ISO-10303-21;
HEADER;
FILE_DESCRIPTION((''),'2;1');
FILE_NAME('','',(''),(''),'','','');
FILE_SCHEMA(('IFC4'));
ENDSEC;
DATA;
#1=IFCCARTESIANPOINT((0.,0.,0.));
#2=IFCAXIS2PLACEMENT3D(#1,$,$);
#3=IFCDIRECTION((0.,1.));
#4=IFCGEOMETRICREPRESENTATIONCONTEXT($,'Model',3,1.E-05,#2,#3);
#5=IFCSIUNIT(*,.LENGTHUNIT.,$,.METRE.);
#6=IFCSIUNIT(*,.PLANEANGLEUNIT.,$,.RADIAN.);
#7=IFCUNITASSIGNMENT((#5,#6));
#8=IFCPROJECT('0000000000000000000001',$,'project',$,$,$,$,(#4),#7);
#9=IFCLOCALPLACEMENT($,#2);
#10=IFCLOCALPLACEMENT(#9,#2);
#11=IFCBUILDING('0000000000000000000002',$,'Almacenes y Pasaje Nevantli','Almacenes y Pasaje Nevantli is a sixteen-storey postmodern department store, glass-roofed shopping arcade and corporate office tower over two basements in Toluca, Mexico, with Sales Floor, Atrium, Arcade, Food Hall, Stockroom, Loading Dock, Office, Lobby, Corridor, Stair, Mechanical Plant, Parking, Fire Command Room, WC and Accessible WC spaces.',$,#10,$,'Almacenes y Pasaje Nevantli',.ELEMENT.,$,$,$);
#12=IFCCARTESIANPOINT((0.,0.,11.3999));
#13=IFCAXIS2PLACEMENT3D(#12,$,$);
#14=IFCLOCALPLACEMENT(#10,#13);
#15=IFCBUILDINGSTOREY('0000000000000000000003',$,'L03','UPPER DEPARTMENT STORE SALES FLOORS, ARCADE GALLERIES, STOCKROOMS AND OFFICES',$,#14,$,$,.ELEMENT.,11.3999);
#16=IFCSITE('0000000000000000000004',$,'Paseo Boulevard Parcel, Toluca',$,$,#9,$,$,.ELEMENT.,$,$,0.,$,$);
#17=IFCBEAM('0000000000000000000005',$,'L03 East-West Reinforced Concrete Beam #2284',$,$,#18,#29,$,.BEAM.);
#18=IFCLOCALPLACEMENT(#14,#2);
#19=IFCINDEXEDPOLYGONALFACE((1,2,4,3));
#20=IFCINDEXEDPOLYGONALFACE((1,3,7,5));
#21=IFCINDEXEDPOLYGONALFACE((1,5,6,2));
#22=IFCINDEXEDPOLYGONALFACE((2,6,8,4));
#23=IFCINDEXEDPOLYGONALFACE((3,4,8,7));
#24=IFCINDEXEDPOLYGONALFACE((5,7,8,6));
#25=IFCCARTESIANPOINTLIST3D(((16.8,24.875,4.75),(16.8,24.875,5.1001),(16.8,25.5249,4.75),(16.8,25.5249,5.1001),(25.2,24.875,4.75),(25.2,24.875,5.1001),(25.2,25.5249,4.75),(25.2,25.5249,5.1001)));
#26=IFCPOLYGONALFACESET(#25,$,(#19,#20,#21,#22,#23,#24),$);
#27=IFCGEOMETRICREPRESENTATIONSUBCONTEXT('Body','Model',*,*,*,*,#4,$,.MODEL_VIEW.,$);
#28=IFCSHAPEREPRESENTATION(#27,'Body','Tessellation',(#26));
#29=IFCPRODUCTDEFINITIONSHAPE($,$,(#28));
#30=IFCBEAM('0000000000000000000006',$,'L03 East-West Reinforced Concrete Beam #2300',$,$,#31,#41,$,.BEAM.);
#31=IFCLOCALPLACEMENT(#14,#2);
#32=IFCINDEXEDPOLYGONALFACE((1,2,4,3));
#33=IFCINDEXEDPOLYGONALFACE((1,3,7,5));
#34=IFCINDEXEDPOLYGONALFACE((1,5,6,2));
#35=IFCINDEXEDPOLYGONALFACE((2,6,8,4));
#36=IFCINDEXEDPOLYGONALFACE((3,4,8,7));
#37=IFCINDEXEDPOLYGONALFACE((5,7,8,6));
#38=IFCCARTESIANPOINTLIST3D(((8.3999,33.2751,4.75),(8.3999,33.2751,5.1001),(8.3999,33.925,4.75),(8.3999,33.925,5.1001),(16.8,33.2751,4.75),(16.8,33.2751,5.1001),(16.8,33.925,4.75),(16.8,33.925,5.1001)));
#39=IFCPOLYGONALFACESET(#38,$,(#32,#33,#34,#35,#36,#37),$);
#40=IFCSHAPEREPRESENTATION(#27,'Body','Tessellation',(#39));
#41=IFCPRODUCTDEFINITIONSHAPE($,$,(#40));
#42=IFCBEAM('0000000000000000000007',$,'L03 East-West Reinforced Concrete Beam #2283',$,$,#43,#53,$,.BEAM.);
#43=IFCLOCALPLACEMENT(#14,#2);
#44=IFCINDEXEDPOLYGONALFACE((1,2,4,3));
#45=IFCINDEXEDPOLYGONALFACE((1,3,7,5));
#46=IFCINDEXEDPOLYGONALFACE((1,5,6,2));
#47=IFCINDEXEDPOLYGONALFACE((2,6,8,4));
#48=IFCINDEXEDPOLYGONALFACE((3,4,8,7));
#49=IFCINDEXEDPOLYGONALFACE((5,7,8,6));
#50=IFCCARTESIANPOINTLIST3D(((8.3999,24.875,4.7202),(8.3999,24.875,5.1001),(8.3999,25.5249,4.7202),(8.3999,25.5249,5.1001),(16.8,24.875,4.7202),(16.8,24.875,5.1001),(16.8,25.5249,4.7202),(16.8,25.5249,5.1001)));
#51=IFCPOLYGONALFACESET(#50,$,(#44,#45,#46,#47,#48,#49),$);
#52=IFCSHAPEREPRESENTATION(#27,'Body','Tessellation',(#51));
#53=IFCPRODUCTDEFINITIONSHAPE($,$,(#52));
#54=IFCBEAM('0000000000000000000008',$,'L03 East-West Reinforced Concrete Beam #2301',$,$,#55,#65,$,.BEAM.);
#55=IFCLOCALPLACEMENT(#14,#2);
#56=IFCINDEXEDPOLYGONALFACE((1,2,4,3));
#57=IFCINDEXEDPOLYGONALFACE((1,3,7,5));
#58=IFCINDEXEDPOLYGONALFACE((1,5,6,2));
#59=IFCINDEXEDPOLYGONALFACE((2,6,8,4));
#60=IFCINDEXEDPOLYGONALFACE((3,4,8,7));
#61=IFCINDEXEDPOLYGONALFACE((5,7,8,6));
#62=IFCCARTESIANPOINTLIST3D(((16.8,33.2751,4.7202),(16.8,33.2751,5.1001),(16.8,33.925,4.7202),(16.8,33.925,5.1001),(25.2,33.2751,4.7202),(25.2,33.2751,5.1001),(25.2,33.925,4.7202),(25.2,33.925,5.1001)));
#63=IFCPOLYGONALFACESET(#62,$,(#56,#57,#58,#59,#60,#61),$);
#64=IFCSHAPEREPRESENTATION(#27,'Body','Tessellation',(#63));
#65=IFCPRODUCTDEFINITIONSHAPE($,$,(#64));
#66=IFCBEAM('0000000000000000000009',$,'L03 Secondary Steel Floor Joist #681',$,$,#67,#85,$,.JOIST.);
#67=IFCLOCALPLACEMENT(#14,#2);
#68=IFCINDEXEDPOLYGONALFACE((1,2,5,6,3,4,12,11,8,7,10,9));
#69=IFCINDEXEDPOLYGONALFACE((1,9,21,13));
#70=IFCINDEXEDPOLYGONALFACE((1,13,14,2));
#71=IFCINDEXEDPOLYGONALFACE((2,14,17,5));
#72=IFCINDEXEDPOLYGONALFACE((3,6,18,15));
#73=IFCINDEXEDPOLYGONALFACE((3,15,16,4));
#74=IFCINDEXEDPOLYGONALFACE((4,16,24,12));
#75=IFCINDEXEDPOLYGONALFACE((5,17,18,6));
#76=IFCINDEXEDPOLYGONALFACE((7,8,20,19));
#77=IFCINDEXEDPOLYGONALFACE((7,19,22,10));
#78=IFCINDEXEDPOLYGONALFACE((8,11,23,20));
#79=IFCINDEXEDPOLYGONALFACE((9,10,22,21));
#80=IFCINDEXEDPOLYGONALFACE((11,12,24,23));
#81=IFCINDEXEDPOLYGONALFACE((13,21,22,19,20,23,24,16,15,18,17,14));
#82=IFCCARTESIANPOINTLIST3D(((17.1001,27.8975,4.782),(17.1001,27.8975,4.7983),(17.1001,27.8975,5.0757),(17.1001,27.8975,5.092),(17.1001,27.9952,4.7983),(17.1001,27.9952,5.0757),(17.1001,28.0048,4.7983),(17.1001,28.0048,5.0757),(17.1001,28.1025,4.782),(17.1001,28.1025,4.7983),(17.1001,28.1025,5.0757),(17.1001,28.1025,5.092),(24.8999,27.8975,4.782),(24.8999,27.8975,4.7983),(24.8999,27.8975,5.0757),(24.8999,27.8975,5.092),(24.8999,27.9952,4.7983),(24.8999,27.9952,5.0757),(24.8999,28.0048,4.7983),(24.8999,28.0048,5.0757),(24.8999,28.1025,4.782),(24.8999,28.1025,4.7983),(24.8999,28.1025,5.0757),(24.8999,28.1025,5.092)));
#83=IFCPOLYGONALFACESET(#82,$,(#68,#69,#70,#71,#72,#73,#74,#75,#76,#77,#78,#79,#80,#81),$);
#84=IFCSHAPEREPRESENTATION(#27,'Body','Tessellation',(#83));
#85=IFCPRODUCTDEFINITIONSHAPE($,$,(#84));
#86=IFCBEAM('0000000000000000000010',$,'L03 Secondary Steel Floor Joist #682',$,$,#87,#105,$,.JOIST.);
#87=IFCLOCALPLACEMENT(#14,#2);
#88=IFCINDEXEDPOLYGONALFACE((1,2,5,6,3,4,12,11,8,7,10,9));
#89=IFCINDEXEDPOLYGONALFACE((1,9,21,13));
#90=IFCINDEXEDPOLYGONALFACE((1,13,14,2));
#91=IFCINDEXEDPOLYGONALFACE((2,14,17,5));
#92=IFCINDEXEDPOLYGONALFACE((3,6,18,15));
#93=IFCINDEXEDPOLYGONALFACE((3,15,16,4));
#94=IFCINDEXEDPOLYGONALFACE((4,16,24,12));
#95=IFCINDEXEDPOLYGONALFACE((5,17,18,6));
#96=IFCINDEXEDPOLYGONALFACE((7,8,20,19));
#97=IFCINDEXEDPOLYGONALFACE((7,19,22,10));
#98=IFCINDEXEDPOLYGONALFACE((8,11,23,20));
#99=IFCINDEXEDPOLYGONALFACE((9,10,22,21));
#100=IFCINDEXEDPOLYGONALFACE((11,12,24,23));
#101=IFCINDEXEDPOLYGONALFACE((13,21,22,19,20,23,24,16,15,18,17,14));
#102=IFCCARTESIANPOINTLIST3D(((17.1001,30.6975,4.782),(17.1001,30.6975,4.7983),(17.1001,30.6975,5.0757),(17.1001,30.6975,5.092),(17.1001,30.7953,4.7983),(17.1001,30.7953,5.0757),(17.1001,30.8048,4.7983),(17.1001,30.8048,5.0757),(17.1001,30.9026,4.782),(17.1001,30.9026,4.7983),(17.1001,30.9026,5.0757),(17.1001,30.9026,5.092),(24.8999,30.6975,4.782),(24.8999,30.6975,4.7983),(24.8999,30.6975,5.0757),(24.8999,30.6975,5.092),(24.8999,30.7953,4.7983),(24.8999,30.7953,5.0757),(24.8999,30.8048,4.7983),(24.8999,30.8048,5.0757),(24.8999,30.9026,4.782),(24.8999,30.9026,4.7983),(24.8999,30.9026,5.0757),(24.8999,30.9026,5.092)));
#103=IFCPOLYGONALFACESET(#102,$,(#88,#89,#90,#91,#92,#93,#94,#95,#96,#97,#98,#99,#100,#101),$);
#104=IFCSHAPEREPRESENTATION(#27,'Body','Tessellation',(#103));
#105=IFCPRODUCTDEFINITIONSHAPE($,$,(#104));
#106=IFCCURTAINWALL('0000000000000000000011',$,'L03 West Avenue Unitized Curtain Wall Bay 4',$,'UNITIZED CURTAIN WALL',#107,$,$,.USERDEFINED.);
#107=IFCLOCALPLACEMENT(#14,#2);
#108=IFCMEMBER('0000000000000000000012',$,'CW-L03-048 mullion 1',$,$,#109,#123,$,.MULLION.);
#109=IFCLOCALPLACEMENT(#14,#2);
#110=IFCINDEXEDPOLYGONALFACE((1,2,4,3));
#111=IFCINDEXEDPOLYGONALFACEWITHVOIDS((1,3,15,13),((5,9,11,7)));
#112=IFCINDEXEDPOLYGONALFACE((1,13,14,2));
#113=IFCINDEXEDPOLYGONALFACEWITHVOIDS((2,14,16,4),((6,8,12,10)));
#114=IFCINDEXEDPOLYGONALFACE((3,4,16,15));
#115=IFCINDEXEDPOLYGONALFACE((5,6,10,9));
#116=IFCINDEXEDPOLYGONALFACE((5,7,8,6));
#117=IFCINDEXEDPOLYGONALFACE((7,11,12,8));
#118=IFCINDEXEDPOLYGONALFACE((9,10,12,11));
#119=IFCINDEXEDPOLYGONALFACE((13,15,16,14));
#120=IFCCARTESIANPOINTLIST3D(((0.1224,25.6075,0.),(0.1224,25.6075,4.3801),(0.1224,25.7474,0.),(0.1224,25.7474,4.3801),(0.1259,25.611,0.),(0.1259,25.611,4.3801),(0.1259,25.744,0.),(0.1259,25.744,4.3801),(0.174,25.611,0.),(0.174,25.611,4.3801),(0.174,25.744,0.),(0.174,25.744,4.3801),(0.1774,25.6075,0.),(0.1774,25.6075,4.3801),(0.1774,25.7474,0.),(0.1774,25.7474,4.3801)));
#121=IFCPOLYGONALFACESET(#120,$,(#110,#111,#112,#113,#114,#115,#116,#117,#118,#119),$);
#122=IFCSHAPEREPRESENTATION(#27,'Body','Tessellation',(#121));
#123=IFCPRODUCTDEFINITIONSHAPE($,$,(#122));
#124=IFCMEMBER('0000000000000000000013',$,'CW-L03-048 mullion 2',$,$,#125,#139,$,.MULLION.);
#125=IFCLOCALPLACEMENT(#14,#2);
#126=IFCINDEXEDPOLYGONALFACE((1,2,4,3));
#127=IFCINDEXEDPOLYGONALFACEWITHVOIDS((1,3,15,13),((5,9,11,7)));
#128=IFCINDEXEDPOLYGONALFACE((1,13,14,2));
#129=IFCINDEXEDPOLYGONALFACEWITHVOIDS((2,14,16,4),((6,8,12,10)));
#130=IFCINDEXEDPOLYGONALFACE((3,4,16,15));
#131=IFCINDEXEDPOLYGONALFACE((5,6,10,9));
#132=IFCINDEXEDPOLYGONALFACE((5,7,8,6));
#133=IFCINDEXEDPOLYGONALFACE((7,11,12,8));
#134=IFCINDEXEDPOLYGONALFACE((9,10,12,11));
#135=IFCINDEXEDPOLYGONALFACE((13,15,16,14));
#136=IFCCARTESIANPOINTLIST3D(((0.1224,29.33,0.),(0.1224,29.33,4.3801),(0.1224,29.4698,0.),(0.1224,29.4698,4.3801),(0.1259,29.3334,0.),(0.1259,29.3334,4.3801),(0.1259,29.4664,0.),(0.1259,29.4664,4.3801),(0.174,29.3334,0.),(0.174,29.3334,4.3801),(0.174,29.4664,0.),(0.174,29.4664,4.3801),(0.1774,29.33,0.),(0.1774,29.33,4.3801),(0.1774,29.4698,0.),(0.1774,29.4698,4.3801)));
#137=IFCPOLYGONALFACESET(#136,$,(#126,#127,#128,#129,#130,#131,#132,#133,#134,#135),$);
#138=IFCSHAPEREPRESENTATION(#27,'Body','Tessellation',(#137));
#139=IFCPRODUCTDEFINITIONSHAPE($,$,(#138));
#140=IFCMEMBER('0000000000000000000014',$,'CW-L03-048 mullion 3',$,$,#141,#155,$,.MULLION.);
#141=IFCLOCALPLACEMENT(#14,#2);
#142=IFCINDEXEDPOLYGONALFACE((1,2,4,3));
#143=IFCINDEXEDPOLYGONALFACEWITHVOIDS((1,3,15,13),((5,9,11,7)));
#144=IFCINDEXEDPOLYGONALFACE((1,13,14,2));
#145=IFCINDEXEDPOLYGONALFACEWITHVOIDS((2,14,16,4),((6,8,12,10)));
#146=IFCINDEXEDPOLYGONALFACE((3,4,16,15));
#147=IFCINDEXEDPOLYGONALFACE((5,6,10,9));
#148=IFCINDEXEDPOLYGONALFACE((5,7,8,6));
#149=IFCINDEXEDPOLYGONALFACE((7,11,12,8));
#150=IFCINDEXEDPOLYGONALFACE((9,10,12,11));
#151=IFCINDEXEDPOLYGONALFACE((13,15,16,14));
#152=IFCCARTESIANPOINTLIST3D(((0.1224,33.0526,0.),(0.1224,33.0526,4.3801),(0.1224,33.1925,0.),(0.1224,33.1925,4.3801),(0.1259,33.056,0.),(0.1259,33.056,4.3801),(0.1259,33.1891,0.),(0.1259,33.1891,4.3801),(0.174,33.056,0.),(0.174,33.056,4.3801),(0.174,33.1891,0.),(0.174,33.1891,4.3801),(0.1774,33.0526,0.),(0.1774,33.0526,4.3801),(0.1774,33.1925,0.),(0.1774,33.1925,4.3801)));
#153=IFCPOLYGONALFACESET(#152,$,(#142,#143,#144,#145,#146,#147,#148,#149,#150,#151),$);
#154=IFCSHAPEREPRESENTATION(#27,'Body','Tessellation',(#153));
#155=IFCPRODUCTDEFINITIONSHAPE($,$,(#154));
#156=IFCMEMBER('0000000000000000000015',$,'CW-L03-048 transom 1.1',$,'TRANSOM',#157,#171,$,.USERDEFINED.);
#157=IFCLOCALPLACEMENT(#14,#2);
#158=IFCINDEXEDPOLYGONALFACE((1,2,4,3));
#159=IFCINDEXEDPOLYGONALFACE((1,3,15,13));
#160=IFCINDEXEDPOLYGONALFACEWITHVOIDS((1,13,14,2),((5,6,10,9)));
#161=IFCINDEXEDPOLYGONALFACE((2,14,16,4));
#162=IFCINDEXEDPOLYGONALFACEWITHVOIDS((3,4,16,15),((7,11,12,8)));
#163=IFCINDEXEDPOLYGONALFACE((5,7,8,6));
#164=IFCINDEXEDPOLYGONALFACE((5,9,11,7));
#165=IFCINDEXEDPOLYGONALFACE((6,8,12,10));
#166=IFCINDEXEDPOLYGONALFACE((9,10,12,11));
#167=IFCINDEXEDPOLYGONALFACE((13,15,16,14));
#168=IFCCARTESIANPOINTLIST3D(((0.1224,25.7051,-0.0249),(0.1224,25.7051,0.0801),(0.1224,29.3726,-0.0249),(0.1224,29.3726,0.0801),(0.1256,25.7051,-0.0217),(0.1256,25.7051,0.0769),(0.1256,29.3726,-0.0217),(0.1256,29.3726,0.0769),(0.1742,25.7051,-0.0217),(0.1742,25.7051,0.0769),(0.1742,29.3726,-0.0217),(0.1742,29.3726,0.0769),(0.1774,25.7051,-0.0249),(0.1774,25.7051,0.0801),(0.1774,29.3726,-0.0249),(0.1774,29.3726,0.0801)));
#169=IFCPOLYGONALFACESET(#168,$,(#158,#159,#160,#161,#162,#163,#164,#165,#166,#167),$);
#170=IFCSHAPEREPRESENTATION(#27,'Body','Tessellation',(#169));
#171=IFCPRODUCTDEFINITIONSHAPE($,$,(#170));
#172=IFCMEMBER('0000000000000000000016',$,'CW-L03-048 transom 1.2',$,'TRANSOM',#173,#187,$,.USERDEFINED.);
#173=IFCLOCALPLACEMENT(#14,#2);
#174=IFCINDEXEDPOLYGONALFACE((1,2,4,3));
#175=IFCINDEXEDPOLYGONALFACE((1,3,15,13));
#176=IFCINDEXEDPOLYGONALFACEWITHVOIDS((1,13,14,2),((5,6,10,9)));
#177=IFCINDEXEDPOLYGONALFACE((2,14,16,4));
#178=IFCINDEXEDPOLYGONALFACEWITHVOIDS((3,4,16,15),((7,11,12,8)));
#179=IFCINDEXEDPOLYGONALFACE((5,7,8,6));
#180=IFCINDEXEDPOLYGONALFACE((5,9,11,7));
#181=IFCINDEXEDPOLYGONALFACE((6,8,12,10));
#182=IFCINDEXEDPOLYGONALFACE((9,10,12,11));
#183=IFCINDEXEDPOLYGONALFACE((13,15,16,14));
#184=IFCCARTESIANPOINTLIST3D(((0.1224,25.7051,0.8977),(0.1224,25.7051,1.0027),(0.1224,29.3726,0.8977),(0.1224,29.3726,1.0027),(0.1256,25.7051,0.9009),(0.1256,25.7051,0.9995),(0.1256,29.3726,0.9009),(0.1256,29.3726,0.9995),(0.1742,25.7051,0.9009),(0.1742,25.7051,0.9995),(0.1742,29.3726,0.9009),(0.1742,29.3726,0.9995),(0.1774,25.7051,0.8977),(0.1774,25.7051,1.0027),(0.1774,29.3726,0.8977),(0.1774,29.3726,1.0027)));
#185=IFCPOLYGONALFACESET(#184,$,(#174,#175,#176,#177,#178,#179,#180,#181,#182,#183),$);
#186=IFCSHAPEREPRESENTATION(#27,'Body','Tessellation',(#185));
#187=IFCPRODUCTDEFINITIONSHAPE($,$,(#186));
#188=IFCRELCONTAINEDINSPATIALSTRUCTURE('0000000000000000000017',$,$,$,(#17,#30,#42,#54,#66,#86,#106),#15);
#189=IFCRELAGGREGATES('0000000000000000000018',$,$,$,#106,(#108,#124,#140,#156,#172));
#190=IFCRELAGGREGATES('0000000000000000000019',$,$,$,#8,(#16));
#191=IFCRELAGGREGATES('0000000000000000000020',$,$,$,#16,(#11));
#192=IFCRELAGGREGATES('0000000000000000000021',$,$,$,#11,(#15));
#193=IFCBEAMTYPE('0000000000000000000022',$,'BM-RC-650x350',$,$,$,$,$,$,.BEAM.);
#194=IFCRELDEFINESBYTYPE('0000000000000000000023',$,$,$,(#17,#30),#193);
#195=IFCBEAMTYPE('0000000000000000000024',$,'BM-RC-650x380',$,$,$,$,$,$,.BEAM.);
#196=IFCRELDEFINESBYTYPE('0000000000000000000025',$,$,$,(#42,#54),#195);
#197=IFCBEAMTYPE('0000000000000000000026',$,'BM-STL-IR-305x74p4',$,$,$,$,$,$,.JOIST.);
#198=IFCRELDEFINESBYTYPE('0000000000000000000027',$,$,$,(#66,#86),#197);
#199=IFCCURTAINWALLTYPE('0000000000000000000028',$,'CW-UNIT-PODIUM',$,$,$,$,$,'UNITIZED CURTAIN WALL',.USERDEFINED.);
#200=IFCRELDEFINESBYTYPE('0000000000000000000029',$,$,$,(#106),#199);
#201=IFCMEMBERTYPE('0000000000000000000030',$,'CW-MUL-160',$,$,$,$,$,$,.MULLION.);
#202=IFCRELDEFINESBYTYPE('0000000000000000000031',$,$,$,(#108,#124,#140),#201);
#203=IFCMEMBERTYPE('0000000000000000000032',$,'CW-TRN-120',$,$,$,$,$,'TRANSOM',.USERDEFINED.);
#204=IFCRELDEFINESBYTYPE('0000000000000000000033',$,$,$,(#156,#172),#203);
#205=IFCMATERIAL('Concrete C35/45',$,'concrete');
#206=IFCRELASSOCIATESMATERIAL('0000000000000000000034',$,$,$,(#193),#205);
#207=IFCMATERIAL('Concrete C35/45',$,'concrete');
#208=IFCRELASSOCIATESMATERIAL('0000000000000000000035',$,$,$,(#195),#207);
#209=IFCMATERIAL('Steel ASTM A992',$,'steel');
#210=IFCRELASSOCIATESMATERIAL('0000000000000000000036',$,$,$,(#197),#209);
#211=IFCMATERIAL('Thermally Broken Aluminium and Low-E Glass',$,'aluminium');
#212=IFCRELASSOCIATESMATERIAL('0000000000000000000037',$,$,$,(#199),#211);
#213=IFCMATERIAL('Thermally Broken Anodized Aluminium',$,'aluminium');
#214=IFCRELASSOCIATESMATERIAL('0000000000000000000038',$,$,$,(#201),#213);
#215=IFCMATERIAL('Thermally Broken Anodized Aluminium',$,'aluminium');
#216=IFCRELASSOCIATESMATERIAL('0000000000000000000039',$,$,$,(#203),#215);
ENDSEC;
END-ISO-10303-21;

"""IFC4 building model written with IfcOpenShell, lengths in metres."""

from ifc_helpers import new_model, si_unit, direction, frame, origin, origin_2d, place, context, subcontext, project, spatial, rectangle, hollow_rectangle, i_section, extrude, material, material_profile, profile_set, type_object, element, aggregate, save


model = new_model("IFC4")

# Units and contexts
model_context = context("Model", 3, precision=1e-05, world=origin(), true_north=direction((0.0, 1.0)))
body_context = subcontext(model_context, "Body", "Model", "MODEL_VIEW")
ifc_project = project(units=[si_unit("LENGTHUNIT", "METRE"), si_unit("PLANEANGLEUNIT", "RADIAN")], contexts=[model_context])

# Site, building, storey
site_placement = place(None, origin())
site = spatial("IfcSite", under=ifc_project, at=site_placement, Name="Paseo Boulevard Parcel, Toluca", CompositionType="ELEMENT", RefElevation=0.0)
building_placement = place(site_placement, origin())
building = spatial("IfcBuilding", under=site, at=building_placement, Name="Almacenes y Pasaje Nevantli", Description="Almacenes y Pasaje Nevantli is a sixteen-storey postmodern department store, glass-roofed shopping arcade and corporate office tower over two basements in Toluca, Mexico, with Sales Floor, Atrium, Arcade, Food Hall, Stockroom, Loading Dock, Office, Lobby, Corridor, Stair, Mechanical Plant, Parking, Fire Command Room, WC and Accessible WC spaces.", LongName="Almacenes y Pasaje Nevantli", CompositionType="ELEMENT")
storey_placement = place(building_placement, frame((0.0, 0.0, 11.3999)))
storey = spatial("IfcBuildingStorey", under=building, at=storey_placement, Name="L03", Description="UPPER DEPARTMENT STORE SALES FLOORS, ARCADE GALLERIES, STOCKROOMS AND OFFICES", CompositionType="ELEMENT", Elevation=11.3999)

# Beams
ifc_material_1 = material(Name="Concrete C35/45", Category="concrete")
ifc_material_profile_1 = material_profile(ifc_material_1, rectangle(XDim=0.6499, YDim=0.3501, at=origin_2d()), Name="RC-BM-650x350")
ifc_profile_set_1 = profile_set([ifc_material_profile_1], Name="Concrete C35/45")
beam_type_1 = type_object("IfcBeamType", Name="BM-RC-650x350", PredefinedType="BEAM", material=ifc_profile_set_1)
beam_1_placement = place(storey_placement, frame((16.8, 25.2, 4.925), z_axis=(1.0, 0.0, 0.0), x_axis=(0.0, 1.0, 0.0)))
element("IfcBeam", 1, at=beam_1_placement, inside=storey, type_object=beam_type_1, Name="L03 East-West Reinforced Concrete Beam #2284", PredefinedType="BEAM", context=body_context, shape_type="SweptSolid", body=[
    extrude(rectangle(XDim=0.6499, YDim=0.3501, at=origin_2d()), origin(), (0.0, 0.0, 1.0), 8.3999),
])
beam_2_placement = place(storey_placement, frame((8.3999, 33.6001, 4.925), z_axis=(1.0, 0.0, 0.0), x_axis=(0.0, 1.0, 0.0)))
element("IfcBeam", 2, at=beam_2_placement, inside=storey, type_object=beam_type_1, Name="L03 East-West Reinforced Concrete Beam #2300", PredefinedType="BEAM", context=body_context, shape_type="SweptSolid", body=[
    extrude(rectangle(XDim=0.6499, YDim=0.3501, at=origin_2d()), origin(), (0.0, 0.0, 1.0), 8.4001),
])
ifc_material_2 = material(Name="Concrete C35/45", Category="concrete")
ifc_material_profile_2 = material_profile(ifc_material_2, rectangle(XDim=0.6499, YDim=0.3799, at=origin_2d()), Name="RC-BM-650x380")
ifc_profile_set_2 = profile_set([ifc_material_profile_2], Name="Concrete C35/45")
beam_type_2 = type_object("IfcBeamType", Name="BM-RC-650x380", PredefinedType="BEAM", material=ifc_profile_set_2)
beam_3_placement = place(storey_placement, frame((8.3999, 25.2, 4.9102), z_axis=(1.0, 0.0, 0.0), x_axis=(0.0, 1.0, 0.0)))
element("IfcBeam", 3, at=beam_3_placement, inside=storey, type_object=beam_type_2, Name="L03 East-West Reinforced Concrete Beam #2283", PredefinedType="BEAM", context=body_context, shape_type="SweptSolid", body=[
    extrude(rectangle(XDim=0.6499, YDim=0.3799, at=origin_2d()), origin(), (0.0, 0.0, 1.0), 8.4001),
])
beam_4_placement = place(storey_placement, frame((16.8, 33.6001, 4.9102), z_axis=(1.0, 0.0, 0.0), x_axis=(0.0, 1.0, 0.0)))
element("IfcBeam", 4, at=beam_4_placement, inside=storey, type_object=beam_type_2, Name="L03 East-West Reinforced Concrete Beam #2301", PredefinedType="BEAM", context=body_context, shape_type="SweptSolid", body=[
    extrude(rectangle(XDim=0.6499, YDim=0.3799, at=origin_2d()), origin(), (0.0, 0.0, 1.0), 8.3999),
])
ifc_material_3 = material(Name="Steel ASTM A992", Category="steel")
ifc_material_profile_3 = material_profile(ifc_material_3, i_section(OverallWidth=0.2051, OverallDepth=0.3101, WebThickness=0.0095, FlangeThickness=0.0164, at=origin_2d()), Name="IR 305x74.4")
ifc_profile_set_3 = profile_set([ifc_material_profile_3], Name="Steel ASTM A992")
beam_type_3 = type_object("IfcBeamType", Name="BM-STL-IR-305x74p4", PredefinedType="JOIST", material=ifc_profile_set_3)
for number, where, z_axis, x_axis, name in (
    (5, (17.1001, 28.0, 4.937), (1.0, 0.0, 0.0), (0.0, 1.0, 0.0), "L03 Secondary Steel Floor Joist #681"),
    (6, (17.1001, 30.8, 4.937), (1.0, 0.0, 0.0), (0.0, 1.0, 0.0), "L03 Secondary Steel Floor Joist #682"),
):
    element("IfcBeam", number, at=place(storey_placement, frame(where, z_axis=z_axis, x_axis=x_axis)), inside=storey, type_object=beam_type_3, Name=name, PredefinedType="JOIST", context=body_context, shape_type="SweptSolid", body=[
        extrude(i_section(OverallWidth=0.2051, OverallDepth=0.3101, WebThickness=0.0095, FlangeThickness=0.0164, at=origin_2d()), origin(), (0.0, 0.0, 1.0), 7.7998),
    ])

# Curtain wall, members
ifc_material_4 = material(Name="Thermally Broken Aluminium and Low-E Glass", Category="aluminium")
curtain_wall_type = type_object("IfcCurtainWallType", Name="CW-UNIT-PODIUM", ElementType="UNITIZED CURTAIN WALL", PredefinedType="USERDEFINED", material=ifc_material_4)
curtain_wall_placement = place(storey_placement, origin())
curtain_wall = element("IfcCurtainWall", 7, at=curtain_wall_placement, inside=storey, type_object=curtain_wall_type, Name="L03 West Avenue Unitized Curtain Wall Bay 4", ObjectType="UNITIZED CURTAIN WALL", PredefinedType="USERDEFINED")
ifc_material_5 = material(Name="Thermally Broken Anodized Aluminium", Category="aluminium")
ifc_material_profile_4 = material_profile(ifc_material_5, hollow_rectangle(XDim=0.0549, YDim=0.1399, WallThickness=0.0034, at=origin_2d()), Name="ALU-MUL-55x140")
ifc_profile_set_4 = profile_set([ifc_material_profile_4], Name="Thermally Broken Anodized Aluminium")
member_type_1 = type_object("IfcMemberType", Name="CW-MUL-160", PredefinedType="MULLION", material=ifc_profile_set_4)
member_1_placement = place(storey_placement, frame((0.1499, 25.6775, 0.0), z_axis=(0.0, 0.0, 1.0), x_axis=(-1.0, 0.0, 0.0)))
member_1 = element("IfcMember", 8, at=member_1_placement, type_object=member_type_1, Name="CW-L03-048 mullion 1", PredefinedType="MULLION", context=body_context, shape_type="SweptSolid", body=[
    extrude(hollow_rectangle(XDim=0.0549, YDim=0.1399, WallThickness=0.0034, at=origin_2d()), origin(), (0.0, 0.0, 1.0), 4.3801),
])
member_2_placement = place(storey_placement, frame((0.1499, 29.3999, 0.0), z_axis=(0.0, 0.0, 1.0), x_axis=(-1.0, 0.0, 0.0)))
member_2 = element("IfcMember", 9, at=member_2_placement, type_object=member_type_1, Name="CW-L03-048 mullion 2", PredefinedType="MULLION", context=body_context, shape_type="SweptSolid", body=[
    extrude(hollow_rectangle(XDim=0.0549, YDim=0.1399, WallThickness=0.0034, at=origin_2d()), origin(), (0.0, 0.0, 1.0), 4.3801),
])
member_3_placement = place(storey_placement, frame((0.1499, 33.1226, 0.0), z_axis=(0.0, 0.0, 1.0), x_axis=(-1.0, 0.0, 0.0)))
member_3 = element("IfcMember", 10, at=member_3_placement, type_object=member_type_1, Name="CW-L03-048 mullion 3", PredefinedType="MULLION", context=body_context, shape_type="SweptSolid", body=[
    extrude(hollow_rectangle(XDim=0.0549, YDim=0.1399, WallThickness=0.0034, at=origin_2d()), origin(), (0.0, 0.0, 1.0), 4.3801),
])
ifc_material_6 = material(Name="Thermally Broken Anodized Aluminium", Category="aluminium")
ifc_material_profile_5 = material_profile(ifc_material_6, hollow_rectangle(XDim=0.0549, YDim=0.105, WallThickness=0.0032, at=origin_2d()), Name="ALU-TRN-55x105")
ifc_profile_set_5 = profile_set([ifc_material_profile_5], Name="Thermally Broken Anodized Aluminium")
member_type_2 = type_object("IfcMemberType", Name="CW-TRN-120", ElementType="TRANSOM", PredefinedType="USERDEFINED", material=ifc_profile_set_5)
member_4_placement = place(storey_placement, frame((0.1499, 25.7051, 0.0276), z_axis=(0.0, 1.0, 0.0), x_axis=(-1.0, 0.0, 0.0)))
member_4 = element("IfcMember", 11, at=member_4_placement, type_object=member_type_2, Name="CW-L03-048 transom 1.1", ObjectType="TRANSOM", PredefinedType="USERDEFINED", context=body_context, shape_type="SweptSolid", body=[
    extrude(hollow_rectangle(XDim=0.0549, YDim=0.105, WallThickness=0.0032, at=origin_2d()), origin(), (0.0, 0.0, 1.0), 3.6675),
])
member_5_placement = place(storey_placement, frame((0.1499, 25.7051, 0.9502), z_axis=(0.0, 1.0, 0.0), x_axis=(-1.0, 0.0, 0.0)))
member_5 = element("IfcMember", 12, at=member_5_placement, type_object=member_type_2, Name="CW-L03-048 transom 1.2", ObjectType="TRANSOM", PredefinedType="USERDEFINED", context=body_context, shape_type="SweptSolid", body=[
    extrude(hollow_rectangle(XDim=0.0549, YDim=0.105, WallThickness=0.0032, at=origin_2d()), origin(), (0.0, 0.0, 1.0), 3.6675),
])
aggregate(curtain_wall, [member_1, member_2, member_3, member_4, member_5])

save(model, "model.ifc")
